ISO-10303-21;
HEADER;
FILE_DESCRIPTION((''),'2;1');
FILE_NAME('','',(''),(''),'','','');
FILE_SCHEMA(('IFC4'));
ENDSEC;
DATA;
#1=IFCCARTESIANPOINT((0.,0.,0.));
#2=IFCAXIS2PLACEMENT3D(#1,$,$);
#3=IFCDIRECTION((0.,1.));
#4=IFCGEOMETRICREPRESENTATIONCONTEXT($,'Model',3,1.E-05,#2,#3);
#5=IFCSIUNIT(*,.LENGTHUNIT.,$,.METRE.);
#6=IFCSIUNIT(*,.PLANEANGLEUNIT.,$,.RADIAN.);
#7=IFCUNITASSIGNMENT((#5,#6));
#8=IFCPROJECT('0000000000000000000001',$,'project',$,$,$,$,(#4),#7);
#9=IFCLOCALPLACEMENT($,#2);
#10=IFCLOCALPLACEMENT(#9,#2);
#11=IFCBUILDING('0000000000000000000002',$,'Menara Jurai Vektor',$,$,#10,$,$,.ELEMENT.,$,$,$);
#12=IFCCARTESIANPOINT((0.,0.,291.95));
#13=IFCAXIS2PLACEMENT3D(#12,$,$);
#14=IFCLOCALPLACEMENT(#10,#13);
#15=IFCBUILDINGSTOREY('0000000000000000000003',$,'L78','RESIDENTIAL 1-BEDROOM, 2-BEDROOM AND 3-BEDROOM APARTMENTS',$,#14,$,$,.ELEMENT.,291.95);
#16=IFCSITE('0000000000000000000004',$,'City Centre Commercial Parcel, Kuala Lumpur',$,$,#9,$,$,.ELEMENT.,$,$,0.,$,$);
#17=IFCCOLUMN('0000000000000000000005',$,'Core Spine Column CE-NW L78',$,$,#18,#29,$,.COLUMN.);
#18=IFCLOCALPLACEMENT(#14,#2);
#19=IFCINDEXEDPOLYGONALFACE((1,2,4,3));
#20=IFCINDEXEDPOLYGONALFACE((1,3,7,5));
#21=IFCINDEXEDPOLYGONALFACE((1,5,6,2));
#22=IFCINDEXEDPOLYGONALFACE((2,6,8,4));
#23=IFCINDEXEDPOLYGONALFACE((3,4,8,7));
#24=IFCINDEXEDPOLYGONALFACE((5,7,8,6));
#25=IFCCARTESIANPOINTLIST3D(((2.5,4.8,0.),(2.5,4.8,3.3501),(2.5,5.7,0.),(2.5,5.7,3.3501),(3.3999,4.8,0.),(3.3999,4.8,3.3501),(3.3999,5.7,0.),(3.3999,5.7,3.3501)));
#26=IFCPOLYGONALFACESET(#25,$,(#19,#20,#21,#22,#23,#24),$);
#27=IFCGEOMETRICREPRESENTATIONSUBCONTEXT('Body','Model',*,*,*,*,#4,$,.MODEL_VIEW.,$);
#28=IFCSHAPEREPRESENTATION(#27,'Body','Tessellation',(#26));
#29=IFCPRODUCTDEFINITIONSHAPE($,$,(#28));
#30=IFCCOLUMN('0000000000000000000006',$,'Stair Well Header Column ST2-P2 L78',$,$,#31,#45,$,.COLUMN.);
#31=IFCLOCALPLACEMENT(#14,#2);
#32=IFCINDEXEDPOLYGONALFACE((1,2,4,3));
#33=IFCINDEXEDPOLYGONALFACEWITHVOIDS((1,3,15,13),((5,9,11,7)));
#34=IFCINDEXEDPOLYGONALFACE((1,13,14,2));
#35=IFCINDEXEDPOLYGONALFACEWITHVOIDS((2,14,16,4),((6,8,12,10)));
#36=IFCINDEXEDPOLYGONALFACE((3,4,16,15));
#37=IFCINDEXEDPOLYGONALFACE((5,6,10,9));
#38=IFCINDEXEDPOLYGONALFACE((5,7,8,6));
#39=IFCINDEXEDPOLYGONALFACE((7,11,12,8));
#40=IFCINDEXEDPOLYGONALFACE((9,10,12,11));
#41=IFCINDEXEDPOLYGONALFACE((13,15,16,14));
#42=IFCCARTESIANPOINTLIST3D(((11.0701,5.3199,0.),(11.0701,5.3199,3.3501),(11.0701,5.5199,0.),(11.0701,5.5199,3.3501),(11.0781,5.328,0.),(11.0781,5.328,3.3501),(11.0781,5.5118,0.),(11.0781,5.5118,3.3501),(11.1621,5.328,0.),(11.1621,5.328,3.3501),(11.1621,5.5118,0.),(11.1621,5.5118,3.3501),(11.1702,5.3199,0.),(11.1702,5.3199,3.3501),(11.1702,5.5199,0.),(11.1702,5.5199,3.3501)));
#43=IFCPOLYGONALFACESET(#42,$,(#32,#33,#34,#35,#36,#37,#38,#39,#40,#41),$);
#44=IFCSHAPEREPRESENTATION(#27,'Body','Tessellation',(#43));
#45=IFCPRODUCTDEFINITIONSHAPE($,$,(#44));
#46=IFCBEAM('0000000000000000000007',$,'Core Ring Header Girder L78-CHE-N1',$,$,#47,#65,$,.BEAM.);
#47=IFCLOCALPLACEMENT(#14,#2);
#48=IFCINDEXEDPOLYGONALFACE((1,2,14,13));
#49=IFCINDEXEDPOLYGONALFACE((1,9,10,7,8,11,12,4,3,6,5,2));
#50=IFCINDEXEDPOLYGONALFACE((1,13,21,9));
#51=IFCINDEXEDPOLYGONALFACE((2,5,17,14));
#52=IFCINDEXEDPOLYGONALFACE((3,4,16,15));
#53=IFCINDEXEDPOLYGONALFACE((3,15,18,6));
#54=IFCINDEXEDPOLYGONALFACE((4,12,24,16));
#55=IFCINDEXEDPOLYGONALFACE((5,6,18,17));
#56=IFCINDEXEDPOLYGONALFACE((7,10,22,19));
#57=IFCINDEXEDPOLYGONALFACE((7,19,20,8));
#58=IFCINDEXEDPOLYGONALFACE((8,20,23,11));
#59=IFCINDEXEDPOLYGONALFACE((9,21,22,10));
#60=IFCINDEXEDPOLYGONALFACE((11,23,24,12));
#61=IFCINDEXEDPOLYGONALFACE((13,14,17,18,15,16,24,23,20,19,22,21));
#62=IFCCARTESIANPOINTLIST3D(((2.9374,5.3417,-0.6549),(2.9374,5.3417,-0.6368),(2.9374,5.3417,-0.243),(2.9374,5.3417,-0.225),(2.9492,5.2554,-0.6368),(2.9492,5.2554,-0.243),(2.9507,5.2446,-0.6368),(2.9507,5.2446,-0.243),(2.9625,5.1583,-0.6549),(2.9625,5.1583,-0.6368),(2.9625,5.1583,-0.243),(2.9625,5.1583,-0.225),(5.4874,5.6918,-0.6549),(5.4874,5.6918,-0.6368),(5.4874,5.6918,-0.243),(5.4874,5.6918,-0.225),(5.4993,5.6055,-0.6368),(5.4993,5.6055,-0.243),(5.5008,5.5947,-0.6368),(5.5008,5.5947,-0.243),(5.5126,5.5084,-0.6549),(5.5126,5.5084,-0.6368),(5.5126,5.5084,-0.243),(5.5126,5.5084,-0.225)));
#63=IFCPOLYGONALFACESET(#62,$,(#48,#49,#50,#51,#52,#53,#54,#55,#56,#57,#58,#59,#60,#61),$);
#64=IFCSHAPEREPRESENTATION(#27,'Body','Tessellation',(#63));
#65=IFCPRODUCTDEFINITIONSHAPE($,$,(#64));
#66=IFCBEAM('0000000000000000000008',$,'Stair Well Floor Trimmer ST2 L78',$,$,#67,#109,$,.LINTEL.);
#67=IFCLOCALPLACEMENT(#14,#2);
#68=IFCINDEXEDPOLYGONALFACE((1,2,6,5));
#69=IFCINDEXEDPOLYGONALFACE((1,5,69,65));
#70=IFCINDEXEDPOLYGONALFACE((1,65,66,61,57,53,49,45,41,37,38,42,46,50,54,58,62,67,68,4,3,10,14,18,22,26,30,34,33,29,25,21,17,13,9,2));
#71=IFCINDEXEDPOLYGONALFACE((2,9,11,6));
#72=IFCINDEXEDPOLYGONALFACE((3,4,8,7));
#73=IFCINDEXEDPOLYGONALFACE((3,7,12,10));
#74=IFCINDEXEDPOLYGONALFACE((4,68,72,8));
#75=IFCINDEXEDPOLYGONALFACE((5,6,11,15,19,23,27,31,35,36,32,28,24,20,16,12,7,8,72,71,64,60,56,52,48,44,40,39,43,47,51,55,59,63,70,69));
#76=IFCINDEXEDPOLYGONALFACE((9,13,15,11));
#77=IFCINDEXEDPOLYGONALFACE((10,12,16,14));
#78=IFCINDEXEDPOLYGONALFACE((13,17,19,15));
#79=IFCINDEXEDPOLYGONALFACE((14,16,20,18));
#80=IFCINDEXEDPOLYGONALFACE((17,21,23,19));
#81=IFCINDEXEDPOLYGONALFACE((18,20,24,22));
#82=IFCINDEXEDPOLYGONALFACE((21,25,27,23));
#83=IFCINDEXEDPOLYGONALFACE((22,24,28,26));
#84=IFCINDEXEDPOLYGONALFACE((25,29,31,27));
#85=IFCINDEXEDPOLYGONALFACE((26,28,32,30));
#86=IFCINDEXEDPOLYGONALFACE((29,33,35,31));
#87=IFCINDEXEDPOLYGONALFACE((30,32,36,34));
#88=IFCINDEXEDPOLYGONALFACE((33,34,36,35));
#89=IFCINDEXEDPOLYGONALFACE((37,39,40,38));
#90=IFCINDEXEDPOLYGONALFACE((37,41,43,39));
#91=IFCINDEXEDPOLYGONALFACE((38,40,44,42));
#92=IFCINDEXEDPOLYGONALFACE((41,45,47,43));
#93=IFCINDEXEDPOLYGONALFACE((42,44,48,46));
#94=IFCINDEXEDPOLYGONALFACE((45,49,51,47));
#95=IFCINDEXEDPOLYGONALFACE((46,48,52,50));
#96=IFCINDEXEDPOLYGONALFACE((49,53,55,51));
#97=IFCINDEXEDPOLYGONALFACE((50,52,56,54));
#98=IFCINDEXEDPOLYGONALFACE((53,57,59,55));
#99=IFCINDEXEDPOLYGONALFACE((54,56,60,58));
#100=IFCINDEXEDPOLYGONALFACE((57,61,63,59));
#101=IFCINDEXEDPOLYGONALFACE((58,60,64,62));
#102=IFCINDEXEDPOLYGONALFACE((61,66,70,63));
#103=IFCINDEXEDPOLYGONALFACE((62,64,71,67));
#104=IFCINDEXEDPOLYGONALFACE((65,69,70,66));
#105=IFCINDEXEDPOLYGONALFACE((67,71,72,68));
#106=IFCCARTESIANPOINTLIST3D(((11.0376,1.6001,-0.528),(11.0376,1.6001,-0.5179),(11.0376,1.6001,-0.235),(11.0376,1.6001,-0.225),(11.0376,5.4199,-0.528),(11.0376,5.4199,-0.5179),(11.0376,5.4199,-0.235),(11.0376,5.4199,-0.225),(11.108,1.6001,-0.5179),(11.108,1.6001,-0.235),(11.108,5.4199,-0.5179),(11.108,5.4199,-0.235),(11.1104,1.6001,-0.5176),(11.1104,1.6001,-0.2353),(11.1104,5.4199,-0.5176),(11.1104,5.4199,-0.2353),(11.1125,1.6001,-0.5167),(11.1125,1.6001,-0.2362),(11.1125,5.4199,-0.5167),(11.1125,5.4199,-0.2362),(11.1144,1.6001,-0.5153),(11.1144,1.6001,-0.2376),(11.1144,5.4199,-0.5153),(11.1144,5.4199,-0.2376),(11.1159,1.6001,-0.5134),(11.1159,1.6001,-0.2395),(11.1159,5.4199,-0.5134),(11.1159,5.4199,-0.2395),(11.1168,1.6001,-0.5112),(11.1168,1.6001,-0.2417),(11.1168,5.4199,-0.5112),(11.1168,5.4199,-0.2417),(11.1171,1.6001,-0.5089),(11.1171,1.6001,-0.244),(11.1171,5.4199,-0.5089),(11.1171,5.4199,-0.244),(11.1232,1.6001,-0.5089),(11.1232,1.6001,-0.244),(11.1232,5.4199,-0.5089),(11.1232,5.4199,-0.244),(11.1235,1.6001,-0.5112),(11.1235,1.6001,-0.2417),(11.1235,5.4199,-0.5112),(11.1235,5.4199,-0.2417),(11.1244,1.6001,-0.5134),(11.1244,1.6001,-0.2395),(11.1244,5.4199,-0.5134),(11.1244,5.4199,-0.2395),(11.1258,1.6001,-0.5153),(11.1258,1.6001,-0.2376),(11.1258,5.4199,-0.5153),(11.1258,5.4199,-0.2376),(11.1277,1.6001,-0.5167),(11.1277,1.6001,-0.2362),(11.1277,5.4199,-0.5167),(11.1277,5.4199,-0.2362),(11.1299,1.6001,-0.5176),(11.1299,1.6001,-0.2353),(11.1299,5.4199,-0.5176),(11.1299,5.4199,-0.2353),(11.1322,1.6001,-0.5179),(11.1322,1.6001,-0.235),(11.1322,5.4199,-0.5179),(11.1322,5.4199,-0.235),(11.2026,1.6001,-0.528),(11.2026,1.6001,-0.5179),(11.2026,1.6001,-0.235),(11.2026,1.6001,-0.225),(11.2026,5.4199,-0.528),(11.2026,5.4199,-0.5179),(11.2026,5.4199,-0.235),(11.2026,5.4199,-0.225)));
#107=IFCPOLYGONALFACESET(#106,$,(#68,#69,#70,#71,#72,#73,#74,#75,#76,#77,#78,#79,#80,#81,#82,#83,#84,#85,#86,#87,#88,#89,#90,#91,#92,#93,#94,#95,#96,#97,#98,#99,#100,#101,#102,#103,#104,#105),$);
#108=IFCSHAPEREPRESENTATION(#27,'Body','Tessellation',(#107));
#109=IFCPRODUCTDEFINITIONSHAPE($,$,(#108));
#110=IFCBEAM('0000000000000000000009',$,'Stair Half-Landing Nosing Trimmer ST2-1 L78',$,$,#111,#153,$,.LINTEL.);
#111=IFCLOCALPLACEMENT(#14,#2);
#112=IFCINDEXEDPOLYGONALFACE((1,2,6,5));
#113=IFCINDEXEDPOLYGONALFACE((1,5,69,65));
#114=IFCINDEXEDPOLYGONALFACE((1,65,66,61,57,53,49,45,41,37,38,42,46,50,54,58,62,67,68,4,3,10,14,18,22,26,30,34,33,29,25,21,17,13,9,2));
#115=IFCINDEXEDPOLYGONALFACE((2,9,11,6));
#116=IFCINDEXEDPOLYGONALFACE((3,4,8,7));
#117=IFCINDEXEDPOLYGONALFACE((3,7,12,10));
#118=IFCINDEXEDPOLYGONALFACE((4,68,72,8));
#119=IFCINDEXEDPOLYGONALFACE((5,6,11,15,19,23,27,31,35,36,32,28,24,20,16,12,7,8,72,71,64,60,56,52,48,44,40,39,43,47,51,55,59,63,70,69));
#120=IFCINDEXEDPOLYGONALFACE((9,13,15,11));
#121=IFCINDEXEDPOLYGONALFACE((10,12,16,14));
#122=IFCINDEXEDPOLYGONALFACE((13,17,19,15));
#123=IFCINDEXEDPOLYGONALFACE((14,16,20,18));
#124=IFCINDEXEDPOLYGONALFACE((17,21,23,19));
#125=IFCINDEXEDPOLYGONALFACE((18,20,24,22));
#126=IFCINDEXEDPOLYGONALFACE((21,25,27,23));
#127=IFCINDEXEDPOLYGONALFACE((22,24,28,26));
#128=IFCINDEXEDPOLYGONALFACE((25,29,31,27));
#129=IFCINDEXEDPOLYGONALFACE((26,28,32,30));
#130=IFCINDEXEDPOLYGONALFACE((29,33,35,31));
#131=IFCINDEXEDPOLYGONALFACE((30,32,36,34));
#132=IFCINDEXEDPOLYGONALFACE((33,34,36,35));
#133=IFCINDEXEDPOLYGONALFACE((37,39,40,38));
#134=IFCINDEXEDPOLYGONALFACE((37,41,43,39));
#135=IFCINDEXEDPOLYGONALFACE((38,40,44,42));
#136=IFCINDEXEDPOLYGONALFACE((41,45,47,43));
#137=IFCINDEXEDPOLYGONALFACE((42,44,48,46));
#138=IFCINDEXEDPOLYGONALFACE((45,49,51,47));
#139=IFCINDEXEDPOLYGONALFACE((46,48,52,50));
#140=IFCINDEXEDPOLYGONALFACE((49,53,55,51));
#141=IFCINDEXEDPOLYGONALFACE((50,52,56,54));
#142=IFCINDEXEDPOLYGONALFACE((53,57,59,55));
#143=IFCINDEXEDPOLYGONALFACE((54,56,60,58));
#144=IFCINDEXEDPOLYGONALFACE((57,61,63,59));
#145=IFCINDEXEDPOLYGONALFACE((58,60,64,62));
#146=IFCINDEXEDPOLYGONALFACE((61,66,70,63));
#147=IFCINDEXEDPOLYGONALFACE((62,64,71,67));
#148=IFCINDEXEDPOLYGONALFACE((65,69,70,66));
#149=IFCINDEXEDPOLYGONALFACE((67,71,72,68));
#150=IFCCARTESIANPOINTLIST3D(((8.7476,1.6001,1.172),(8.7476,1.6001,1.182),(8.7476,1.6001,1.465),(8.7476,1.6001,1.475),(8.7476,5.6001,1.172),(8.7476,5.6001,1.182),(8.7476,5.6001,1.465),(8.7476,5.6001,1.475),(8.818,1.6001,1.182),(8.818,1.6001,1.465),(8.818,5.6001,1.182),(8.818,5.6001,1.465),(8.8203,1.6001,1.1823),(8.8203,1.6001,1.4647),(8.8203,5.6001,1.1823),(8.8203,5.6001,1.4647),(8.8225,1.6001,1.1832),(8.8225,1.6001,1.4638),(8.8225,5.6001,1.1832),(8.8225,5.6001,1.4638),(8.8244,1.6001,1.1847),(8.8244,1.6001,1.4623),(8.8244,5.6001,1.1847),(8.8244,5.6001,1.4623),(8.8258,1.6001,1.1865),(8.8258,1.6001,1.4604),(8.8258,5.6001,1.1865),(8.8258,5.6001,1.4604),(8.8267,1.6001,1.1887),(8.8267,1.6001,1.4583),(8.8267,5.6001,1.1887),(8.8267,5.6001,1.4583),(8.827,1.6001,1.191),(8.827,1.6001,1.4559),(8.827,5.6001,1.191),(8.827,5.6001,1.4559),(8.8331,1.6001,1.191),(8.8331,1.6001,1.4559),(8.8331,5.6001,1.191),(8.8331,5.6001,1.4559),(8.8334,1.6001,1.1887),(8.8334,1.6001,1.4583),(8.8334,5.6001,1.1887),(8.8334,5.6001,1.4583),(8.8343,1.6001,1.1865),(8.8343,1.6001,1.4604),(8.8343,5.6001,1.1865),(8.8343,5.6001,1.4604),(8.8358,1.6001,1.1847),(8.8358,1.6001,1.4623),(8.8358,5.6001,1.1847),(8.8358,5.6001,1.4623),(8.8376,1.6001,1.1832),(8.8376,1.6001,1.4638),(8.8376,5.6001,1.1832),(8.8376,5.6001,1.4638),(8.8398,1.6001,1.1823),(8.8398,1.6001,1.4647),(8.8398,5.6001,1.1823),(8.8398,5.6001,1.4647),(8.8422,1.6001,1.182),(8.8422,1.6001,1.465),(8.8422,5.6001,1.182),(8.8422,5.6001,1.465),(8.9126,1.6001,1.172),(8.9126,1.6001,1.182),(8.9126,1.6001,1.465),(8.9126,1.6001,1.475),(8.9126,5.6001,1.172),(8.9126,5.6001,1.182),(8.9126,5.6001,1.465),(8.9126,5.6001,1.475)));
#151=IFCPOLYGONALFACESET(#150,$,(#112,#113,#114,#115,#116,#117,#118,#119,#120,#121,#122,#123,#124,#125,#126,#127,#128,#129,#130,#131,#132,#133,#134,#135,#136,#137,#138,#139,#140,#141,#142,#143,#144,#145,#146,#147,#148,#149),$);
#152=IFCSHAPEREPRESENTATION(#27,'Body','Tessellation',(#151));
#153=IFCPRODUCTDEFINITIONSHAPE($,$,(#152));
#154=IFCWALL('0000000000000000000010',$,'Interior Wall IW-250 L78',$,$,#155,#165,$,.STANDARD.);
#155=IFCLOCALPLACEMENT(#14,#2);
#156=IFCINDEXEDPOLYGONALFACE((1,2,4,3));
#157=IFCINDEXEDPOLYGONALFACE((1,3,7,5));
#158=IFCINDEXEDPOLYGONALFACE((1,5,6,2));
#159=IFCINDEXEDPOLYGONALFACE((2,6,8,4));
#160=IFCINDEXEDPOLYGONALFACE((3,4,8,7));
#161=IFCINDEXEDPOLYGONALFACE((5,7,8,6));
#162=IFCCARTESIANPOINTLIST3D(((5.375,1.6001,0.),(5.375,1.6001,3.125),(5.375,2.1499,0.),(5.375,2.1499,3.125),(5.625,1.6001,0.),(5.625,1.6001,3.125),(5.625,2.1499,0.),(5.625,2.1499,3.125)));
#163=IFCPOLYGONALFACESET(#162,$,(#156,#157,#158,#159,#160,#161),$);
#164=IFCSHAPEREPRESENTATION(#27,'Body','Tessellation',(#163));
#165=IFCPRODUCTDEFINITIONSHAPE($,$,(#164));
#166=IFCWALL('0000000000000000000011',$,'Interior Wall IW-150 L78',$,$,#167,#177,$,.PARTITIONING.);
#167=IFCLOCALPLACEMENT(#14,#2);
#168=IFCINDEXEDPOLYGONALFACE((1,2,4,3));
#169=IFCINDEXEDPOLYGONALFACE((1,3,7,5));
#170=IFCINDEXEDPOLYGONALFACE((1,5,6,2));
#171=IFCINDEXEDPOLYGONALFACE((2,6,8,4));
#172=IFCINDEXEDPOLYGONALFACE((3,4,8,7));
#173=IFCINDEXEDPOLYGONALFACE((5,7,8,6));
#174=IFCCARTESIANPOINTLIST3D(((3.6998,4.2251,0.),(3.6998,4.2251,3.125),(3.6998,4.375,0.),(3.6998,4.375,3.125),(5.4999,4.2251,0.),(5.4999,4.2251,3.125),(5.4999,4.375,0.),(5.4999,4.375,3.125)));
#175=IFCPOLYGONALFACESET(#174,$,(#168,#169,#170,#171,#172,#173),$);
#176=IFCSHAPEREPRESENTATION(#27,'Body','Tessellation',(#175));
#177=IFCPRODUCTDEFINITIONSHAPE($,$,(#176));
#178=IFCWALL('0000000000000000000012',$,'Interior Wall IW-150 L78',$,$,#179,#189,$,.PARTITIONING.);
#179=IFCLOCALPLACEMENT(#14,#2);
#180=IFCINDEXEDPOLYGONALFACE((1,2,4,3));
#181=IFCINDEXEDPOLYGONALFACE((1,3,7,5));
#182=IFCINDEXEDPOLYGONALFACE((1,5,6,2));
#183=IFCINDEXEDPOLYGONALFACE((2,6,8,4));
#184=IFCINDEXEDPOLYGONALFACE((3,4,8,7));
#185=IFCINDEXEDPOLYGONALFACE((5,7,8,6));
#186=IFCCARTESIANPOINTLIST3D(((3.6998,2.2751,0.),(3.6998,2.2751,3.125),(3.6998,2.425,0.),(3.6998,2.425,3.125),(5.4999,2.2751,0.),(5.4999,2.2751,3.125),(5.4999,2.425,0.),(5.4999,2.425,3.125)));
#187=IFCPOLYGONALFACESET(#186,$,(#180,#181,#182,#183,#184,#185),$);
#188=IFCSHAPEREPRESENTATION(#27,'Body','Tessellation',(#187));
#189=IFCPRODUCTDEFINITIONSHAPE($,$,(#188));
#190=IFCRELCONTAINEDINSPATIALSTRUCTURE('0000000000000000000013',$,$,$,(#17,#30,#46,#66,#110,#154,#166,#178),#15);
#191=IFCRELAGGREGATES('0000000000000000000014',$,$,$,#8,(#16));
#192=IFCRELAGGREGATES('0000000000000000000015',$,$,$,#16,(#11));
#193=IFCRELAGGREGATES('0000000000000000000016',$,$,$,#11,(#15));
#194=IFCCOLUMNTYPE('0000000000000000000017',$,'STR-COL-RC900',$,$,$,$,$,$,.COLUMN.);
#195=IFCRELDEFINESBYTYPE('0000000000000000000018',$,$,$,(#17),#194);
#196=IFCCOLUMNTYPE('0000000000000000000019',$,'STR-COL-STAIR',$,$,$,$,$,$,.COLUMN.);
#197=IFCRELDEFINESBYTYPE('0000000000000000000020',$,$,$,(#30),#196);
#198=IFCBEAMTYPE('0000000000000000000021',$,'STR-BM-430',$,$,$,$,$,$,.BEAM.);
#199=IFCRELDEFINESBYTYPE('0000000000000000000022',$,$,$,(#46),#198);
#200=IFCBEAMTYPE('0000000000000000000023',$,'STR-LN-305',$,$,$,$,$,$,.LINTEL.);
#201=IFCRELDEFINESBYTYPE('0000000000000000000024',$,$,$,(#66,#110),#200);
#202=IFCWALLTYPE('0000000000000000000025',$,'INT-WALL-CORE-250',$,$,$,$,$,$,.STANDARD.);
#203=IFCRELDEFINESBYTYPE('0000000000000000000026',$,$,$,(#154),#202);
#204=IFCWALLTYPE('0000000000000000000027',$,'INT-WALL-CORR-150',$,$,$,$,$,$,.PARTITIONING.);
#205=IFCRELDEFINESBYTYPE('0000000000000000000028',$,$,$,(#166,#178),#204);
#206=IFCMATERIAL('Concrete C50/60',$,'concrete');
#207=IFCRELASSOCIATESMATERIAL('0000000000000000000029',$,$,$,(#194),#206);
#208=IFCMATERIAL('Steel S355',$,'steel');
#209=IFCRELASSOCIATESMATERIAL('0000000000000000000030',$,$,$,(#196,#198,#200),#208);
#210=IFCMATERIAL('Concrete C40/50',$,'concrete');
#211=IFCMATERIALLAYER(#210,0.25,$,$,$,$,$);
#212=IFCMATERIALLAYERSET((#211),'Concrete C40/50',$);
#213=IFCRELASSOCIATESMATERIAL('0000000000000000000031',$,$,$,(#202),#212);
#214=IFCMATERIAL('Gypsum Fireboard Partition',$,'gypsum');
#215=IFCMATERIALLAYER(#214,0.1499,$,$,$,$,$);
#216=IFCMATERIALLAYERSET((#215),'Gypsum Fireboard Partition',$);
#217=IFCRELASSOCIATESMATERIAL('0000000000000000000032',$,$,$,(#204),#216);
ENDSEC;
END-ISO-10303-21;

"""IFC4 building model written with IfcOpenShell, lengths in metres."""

from ifc_helpers import new_model, si_unit, direction, frame, frame_2d, origin, origin_2d, place, context, subcontext, project, spatial, rectangle, hollow_rectangle, i_section, extrude, material, layer, layer_set, material_profile, profile_set, type_object, element, save


model = new_model("IFC4")

# Units and contexts
model_context = context("Model", 3, precision=1e-05, world=origin(), true_north=direction((0.0, 1.0)))
body_context = subcontext(model_context, "Body", "Model", "MODEL_VIEW")
ifc_project = project(units=[si_unit("LENGTHUNIT", "METRE"), si_unit("PLANEANGLEUNIT", "RADIAN")], contexts=[model_context])

# Site, building, storey
site_placement = place(None, origin())
site = spatial("IfcSite", under=ifc_project, at=site_placement, Name="City Centre Commercial Parcel, Kuala Lumpur", CompositionType="ELEMENT", RefElevation=0.0)
building_placement = place(site_placement, origin())
building = spatial("IfcBuilding", under=site, at=building_placement, Name="Menara Jurai Vektor", CompositionType="ELEMENT")
storey_placement = place(building_placement, frame((0.0, 0.0, 291.95)))
storey = spatial("IfcBuildingStorey", under=building, at=storey_placement, Name="L78", Description="RESIDENTIAL 1-BEDROOM, 2-BEDROOM AND 3-BEDROOM APARTMENTS", CompositionType="ELEMENT", Elevation=291.95)

# Columns
ifc_material_1 = material(Name="Concrete C50/60", Category="concrete")
ifc_material_profile_1 = material_profile(ifc_material_1, rectangle(XDim=0.8999, YDim=0.8999, at=origin_2d()), Name="RC 900x900")
ifc_profile_set_1 = profile_set([ifc_material_profile_1], Name="Concrete C50/60")
column_type_1 = type_object("IfcColumnType", Name="STR-COL-RC900", PredefinedType="COLUMN", material=ifc_profile_set_1)
column_1_placement = place(storey_placement, frame((2.95, 5.25, 0.0), z_axis=(0.0, 0.0, 1.0), x_axis=(1.0, 0.0, 0.0)))
element("IfcColumn", 1, at=column_1_placement, inside=storey, type_object=column_type_1, Name="Core Spine Column CE-NW L78", PredefinedType="COLUMN", context=body_context, shape_type="SweptSolid", body=[
    extrude(rectangle(XDim=0.8999, YDim=0.8999, at=origin_2d()), origin(), (0.0, 0.0, 1.0), 3.3501),
])
ifc_material_2 = material(Name="Steel S355", Category="steel")
ifc_material_profile_2 = material_profile(ifc_material_2, hollow_rectangle(XDim=0.1001, YDim=0.2, WallThickness=0.0081, at=origin_2d()), Name="RHS 200x100x8")
ifc_profile_set_2 = profile_set([ifc_material_profile_2], Name="Steel S355")
column_type_2 = type_object("IfcColumnType", Name="STR-COL-STAIR", PredefinedType="COLUMN", material=ifc_profile_set_2)
column_2_placement = place(storey_placement, frame((11.1201, 5.4199, 0.0), z_axis=(0.0, 0.0, 1.0), x_axis=(1.0, 0.0, 0.0)))
element("IfcColumn", 2, at=column_2_placement, inside=storey, type_object=column_type_2, Name="Stair Well Header Column ST2-P2 L78", PredefinedType="COLUMN", context=body_context, shape_type="SweptSolid", body=[
    extrude(hollow_rectangle(XDim=0.1001, YDim=0.2, WallThickness=0.0081, at=origin_2d()), origin(), (0.0, 0.0, 1.0), 3.3501),
])

# Beams
ifc_material_profile_3 = material_profile(ifc_material_2, i_section(OverallWidth=0.1851, OverallDepth=0.4299, WebThickness=0.011, FlangeThickness=0.0181, at=origin_2d()), Name="PG 430x185x76")
ifc_profile_set_3 = profile_set([ifc_material_profile_3], Name="Steel S355")
beam_type_1 = type_object("IfcBeamType", Name="STR-BM-430", PredefinedType="BEAM", material=ifc_profile_set_3)
beam_1_placement = place(storey_placement, frame((2.95, 5.25, -0.4399), z_axis=(0.990707, 0.136015, 0.0), x_axis=(-0.136015, 0.990707, 0.0)))
element("IfcBeam", 3, at=beam_1_placement, inside=storey, type_object=beam_type_1, Name="Core Ring Header Girder L78-CHE-N1", PredefinedType="BEAM", context=body_context, shape_type="SweptSolid", body=[
    extrude(i_section(OverallWidth=0.1851, OverallDepth=0.4299, WebThickness=0.011, FlangeThickness=0.0181, at=origin_2d()), origin(), (0.0, 0.0, 1.0), 2.574),
])
ifc_material_profile_4 = material_profile(ifc_material_2, i_section(OverallWidth=0.165, OverallDepth=0.303, WebThickness=0.0061, FlangeThickness=0.01, FilletRadius=0.009, at=origin_2d()), Name="UKB 305x165x40")
ifc_profile_set_4 = profile_set([ifc_material_profile_4], Name="Steel S355")
beam_type_2 = type_object("IfcBeamType", Name="STR-LN-305", PredefinedType="LINTEL", material=ifc_profile_set_4)
beam_2_placement = place(storey_placement, frame((11.1201, 1.6001, -0.3765), z_axis=(0.0, 1.0, 0.0), x_axis=(-1.0, 0.0, 0.0)))
element("IfcBeam", 4, at=beam_2_placement, inside=storey, type_object=beam_type_2, Name="Stair Well Floor Trimmer ST2 L78", PredefinedType="LINTEL", context=body_context, shape_type="SweptSolid", body=[
    extrude(i_section(OverallWidth=0.165, OverallDepth=0.303, WebThickness=0.0061, FlangeThickness=0.01, FilletRadius=0.009, at=origin_2d()), origin(), (0.0, 0.0, 1.0), 3.8198),
])
beam_3_placement = place(storey_placement, frame((8.8301, 1.6001, 1.3235), z_axis=(0.0, 1.0, 0.0), x_axis=(-1.0, 0.0, 0.0)))
element("IfcBeam", 5, at=beam_3_placement, inside=storey, type_object=beam_type_2, Name="Stair Half-Landing Nosing Trimmer ST2-1 L78", PredefinedType="LINTEL", context=body_context, shape_type="SweptSolid", body=[
    extrude(i_section(OverallWidth=0.165, OverallDepth=0.303, WebThickness=0.0061, FlangeThickness=0.01, FilletRadius=0.009, at=origin_2d()), origin(), (0.0, 0.0, 1.0), 4.0),
])

# Shared definitions
ifc_material_3 = material(Name="Concrete C40/50", Category="concrete")
ifc_layer_1 = layer(ifc_material_3, 0.25)
ifc_layer_set_1 = layer_set([ifc_layer_1], Name="Concrete C40/50")
wall_type_1 = type_object("IfcWallType", Name="INT-WALL-CORE-250", PredefinedType="STANDARD", material=ifc_layer_set_1)

# Walls
wall_1_placement = place(storey_placement, frame((5.5, 1.6001, 0.0), z_axis=(0.0, 0.0, 1.0), x_axis=(0.0, 1.0, 0.0)))
element("IfcWall", 6, at=wall_1_placement, inside=storey, type_object=wall_type_1, Name="Interior Wall IW-250 L78", PredefinedType="STANDARD", context=body_context, shape_type="SweptSolid", body=[
    extrude(rectangle(XDim=0.5498, YDim=0.25, at=frame_2d((0.2749, 0.0))), origin(), (0.0, 0.0, 1.0), 3.125),
])
ifc_material_4 = material(Name="Gypsum Fireboard Partition", Category="gypsum")
ifc_layer_2 = layer(ifc_material_4, 0.1499)
ifc_layer_set_2 = layer_set([ifc_layer_2], Name="Gypsum Fireboard Partition")
wall_type_2 = type_object("IfcWallType", Name="INT-WALL-CORR-150", PredefinedType="PARTITIONING", material=ifc_layer_set_2)
for number, where, z_axis, x_axis, name in (
    (7, (3.7, 4.3, 0.0), (0.0, 0.0, 1.0), (1.0, 0.0, 0.0), "Interior Wall IW-150 L78"),
    (8, (3.7, 2.3501, 0.0), (0.0, 0.0, 1.0), (1.0, 0.0, 0.0), "Interior Wall IW-150 L78"),
):
    element("IfcWall", number, at=place(storey_placement, frame(where, z_axis=z_axis, x_axis=x_axis)), inside=storey, type_object=wall_type_2, Name=name, PredefinedType="PARTITIONING", context=body_context, shape_type="SweptSolid", body=[
        extrude(rectangle(XDim=1.8, YDim=0.1499, at=frame_2d((0.8999, 0.0))), origin(), (0.0, 0.0, 1.0), 3.125),
    ])

save(model, "model.ifc")
